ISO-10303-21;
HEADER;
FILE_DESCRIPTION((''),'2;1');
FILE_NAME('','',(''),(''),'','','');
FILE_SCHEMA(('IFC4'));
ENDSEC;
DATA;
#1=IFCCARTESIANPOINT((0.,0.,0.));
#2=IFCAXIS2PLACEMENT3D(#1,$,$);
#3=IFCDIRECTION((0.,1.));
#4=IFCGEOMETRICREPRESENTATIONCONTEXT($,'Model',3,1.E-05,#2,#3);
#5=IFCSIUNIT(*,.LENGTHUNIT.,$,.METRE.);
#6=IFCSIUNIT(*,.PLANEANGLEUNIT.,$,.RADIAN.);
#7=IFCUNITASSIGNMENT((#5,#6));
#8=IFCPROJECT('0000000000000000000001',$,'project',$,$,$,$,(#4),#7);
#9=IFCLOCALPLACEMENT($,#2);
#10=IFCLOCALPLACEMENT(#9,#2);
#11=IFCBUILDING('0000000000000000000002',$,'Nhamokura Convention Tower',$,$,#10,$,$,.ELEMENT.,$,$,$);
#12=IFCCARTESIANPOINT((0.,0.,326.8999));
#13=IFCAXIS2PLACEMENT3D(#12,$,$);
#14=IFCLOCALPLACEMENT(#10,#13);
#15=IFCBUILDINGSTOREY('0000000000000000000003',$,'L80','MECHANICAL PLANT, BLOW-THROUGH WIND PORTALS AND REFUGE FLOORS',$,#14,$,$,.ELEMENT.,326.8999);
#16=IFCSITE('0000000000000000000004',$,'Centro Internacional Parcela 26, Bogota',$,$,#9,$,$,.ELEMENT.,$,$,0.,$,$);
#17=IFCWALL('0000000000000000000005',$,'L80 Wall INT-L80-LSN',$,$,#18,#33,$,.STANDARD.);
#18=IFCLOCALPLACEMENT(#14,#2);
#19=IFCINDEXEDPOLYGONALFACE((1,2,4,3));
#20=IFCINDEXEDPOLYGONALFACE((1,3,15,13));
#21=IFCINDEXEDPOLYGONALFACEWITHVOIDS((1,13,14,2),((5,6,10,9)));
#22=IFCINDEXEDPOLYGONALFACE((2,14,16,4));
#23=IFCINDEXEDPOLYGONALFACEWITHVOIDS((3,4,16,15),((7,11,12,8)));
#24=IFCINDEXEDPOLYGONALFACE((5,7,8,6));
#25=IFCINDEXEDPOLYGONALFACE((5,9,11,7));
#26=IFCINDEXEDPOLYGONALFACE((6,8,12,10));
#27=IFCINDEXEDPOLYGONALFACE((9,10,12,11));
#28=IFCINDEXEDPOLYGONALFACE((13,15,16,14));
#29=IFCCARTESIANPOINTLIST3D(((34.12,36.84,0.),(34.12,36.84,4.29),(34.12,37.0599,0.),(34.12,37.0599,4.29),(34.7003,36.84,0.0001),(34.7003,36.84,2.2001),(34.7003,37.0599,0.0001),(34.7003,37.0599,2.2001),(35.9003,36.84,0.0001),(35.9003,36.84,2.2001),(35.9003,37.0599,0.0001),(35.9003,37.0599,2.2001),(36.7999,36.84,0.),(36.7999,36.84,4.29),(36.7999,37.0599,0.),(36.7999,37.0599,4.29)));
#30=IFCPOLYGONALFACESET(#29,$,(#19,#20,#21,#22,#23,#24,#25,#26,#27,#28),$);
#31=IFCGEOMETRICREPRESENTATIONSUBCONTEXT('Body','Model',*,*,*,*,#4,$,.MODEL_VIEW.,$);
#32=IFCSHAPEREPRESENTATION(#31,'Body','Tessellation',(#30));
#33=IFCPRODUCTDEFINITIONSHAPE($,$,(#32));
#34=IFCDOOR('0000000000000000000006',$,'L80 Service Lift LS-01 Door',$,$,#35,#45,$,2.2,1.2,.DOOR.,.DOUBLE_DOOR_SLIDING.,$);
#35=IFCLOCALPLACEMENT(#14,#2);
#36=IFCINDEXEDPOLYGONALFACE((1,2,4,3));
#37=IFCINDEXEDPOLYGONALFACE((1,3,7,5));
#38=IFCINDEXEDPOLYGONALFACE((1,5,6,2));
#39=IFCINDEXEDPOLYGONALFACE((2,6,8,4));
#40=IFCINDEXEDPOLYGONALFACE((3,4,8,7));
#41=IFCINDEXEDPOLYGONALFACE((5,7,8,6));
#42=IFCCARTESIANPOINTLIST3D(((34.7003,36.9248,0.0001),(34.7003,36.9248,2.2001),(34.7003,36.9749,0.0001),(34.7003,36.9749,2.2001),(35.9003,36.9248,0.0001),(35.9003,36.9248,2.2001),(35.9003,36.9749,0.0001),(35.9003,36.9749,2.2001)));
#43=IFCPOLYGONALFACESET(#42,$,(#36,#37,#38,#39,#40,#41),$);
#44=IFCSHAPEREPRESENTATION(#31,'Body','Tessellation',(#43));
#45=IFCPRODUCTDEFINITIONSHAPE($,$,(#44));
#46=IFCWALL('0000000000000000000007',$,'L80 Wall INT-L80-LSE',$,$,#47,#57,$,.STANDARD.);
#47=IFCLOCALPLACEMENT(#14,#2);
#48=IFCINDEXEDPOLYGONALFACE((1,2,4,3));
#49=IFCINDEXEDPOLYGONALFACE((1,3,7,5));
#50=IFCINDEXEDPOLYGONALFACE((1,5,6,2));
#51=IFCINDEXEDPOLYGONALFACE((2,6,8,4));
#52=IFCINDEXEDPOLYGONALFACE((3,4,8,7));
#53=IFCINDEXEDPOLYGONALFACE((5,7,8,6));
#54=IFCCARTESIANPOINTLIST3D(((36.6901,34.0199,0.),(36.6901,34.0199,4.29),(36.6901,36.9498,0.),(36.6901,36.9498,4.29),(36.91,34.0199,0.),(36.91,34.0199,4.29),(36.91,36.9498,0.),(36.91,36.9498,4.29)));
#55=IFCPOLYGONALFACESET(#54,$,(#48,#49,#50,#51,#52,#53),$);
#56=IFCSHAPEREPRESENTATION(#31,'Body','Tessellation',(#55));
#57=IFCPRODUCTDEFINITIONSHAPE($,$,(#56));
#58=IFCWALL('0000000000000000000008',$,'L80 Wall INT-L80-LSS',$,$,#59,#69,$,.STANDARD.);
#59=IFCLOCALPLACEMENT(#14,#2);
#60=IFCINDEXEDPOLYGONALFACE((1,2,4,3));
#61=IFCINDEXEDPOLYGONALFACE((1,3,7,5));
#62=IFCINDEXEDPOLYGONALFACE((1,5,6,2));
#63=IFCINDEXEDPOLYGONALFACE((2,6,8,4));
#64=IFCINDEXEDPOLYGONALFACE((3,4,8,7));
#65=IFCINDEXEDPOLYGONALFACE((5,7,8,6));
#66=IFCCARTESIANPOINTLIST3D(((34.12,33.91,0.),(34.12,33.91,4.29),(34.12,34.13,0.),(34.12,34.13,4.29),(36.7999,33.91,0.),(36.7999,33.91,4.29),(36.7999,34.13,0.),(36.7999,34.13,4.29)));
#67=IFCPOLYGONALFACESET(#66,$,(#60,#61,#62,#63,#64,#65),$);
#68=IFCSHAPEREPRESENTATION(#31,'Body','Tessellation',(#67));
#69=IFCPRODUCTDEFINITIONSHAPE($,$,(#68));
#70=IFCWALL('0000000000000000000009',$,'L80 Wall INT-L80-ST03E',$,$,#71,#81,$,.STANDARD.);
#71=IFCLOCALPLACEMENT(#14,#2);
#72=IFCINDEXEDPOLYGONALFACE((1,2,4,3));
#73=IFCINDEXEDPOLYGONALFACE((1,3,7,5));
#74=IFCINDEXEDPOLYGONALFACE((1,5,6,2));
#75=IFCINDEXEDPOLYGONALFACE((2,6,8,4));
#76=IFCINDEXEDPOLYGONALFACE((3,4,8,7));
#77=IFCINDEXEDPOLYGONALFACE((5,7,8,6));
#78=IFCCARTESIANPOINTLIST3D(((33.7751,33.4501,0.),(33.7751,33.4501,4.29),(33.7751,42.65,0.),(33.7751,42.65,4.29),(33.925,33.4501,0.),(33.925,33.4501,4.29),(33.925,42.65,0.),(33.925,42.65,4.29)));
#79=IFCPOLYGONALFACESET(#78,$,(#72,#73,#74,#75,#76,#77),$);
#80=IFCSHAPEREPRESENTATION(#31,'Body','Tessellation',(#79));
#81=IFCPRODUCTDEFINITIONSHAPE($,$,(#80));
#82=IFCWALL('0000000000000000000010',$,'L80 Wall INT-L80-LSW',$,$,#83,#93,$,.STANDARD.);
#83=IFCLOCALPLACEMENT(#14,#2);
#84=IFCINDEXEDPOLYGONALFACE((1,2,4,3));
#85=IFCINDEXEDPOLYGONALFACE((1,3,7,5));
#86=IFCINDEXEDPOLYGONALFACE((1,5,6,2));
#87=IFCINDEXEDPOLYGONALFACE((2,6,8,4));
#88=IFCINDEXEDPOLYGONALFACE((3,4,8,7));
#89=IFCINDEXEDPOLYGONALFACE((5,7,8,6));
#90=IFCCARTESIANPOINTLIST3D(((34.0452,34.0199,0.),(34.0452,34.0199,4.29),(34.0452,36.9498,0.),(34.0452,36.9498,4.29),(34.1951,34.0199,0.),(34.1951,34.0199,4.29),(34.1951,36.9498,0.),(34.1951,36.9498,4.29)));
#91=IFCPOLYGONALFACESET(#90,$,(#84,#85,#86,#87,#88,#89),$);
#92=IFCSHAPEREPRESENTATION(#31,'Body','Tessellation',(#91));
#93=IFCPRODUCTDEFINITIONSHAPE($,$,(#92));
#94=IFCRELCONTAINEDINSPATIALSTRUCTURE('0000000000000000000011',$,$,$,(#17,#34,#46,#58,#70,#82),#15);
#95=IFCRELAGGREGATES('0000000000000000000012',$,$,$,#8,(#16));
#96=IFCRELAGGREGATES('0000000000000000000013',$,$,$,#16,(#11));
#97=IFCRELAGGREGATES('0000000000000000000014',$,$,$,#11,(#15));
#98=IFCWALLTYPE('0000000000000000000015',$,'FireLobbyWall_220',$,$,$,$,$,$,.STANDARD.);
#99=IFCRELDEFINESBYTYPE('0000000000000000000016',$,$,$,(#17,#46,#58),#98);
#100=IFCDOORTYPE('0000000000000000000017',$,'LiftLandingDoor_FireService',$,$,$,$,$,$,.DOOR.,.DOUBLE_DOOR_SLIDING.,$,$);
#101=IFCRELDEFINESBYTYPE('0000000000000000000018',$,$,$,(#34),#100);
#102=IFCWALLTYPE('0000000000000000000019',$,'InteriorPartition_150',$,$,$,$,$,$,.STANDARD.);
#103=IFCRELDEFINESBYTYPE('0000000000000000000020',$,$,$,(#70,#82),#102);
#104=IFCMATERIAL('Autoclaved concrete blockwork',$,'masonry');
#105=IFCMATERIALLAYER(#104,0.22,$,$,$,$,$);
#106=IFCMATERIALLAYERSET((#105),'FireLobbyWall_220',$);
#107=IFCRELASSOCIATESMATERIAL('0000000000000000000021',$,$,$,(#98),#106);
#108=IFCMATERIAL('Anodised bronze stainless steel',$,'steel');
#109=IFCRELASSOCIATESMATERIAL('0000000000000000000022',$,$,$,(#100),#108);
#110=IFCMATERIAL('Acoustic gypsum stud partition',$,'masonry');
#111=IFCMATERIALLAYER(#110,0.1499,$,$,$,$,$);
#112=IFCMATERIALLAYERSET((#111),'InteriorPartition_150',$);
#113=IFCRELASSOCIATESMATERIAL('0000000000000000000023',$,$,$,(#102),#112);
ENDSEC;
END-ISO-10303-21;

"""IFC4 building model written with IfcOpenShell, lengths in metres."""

from ifc_helpers import new_model, si_unit, direction, frame, frame_2d, origin, place, context, subcontext, project, spatial, rectangle, extrude, material, layer, layer_set, type_object, element, fill, save


model = new_model("IFC4")

# Units and contexts
model_context = context("Model", 3, precision=1e-05, world=origin(), true_north=direction((0.0, 1.0)))
body_context = subcontext(model_context, "Body", "Model", "MODEL_VIEW")
ifc_project = project(units=[si_unit("LENGTHUNIT", "METRE"), si_unit("PLANEANGLEUNIT", "RADIAN")], contexts=[model_context])

# Site, building, storey
site_placement = place(None, origin())
site = spatial("IfcSite", under=ifc_project, at=site_placement, Name="Centro Internacional Parcela 26, Bogota", CompositionType="ELEMENT", RefElevation=0.0)
building_placement = place(site_placement, origin())
building = spatial("IfcBuilding", under=site, at=building_placement, Name="Nhamokura Convention Tower", CompositionType="ELEMENT")
storey_placement = place(building_placement, frame((0.0, 0.0, 326.8999)))
storey = spatial("IfcBuildingStorey", under=building, at=storey_placement, Name="L80", Description="MECHANICAL PLANT, BLOW-THROUGH WIND PORTALS AND REFUGE FLOORS", CompositionType="ELEMENT", Elevation=326.8999)

# Shared definitions
ifc_material_1 = material(Name="Autoclaved concrete blockwork", Category="masonry")
ifc_layer_1 = layer(ifc_material_1, 0.22)
ifc_layer_set_1 = layer_set([ifc_layer_1], Name="FireLobbyWall_220")
wall_type_1 = type_object("IfcWallType", Name="FireLobbyWall_220", PredefinedType="STANDARD", material=ifc_layer_set_1)
ifc_material_2 = material(Name="Anodised bronze stainless steel", Category="steel")
door_type_1 = type_object("IfcDoorType", Name="LiftLandingDoor_FireService", OperationType="DOUBLE_DOOR_SLIDING", PredefinedType="DOOR", material=ifc_material_2)

# Wall, opening, door
wall_1_placement = place(storey_placement, frame((34.1201, 36.95, 0.0), z_axis=(0.0, 0.0, 1.0), x_axis=(1.0, 0.0, 0.0)))
wall_1 = element("IfcWall", 1, at=wall_1_placement, inside=storey, type_object=wall_type_1, Name="L80 Wall INT-L80-LSN", PredefinedType="STANDARD", context=body_context, shape_type="SweptSolid", body=[
    extrude(rectangle(XDim=2.6799, YDim=0.22, at=frame_2d((1.3398, 0.0))), origin(), (0.0, 0.0, 1.0), 4.29),
])
opening_1_placement = place(wall_1_placement, frame((0.5801, 0.0, 0.0)))
opening_1 = element("IfcOpeningElement", 2, at=opening_1_placement, cuts=wall_1, PredefinedType="OPENING", context=body_context, shape_type="SweptSolid", body=[
    extrude(rectangle(XDim=1.2, YDim=2.2, at=frame_2d((0.6001, 1.1001))), frame((0.0, 0.1199, 0.0), z_axis=(0.0, -1.0, 0.0), x_axis=(1.0, 0.0, 0.0)), (0.0, 0.0, 1.0), 0.24),
])
door_1_placement = place(opening_1_placement, origin())
door_1 = element("IfcDoor", 3, at=door_1_placement, inside=storey, type_object=door_type_1, Name="L80 Service Lift LS-01 Door", OperationType="DOUBLE_DOOR_SLIDING", OverallHeight=2.2, OverallWidth=1.2, PredefinedType="DOOR", context=body_context, shape_type="SweptSolid", body=[
    extrude(rectangle(XDim=1.2, YDim=2.2, at=frame_2d((0.6001, 1.1001))), frame((0.0, 0.0249, 0.0), z_axis=(0.0, -1.0, 0.0), x_axis=(1.0, 0.0, 0.0)), (0.0, 0.0, 1.0), 0.05),
])
fill(opening_1, door_1)

# Walls
wall_2_placement = place(storey_placement, frame((36.8, 34.02, 0.0), z_axis=(0.0, 0.0, 1.0), x_axis=(0.0, 1.0, 0.0)))
element("IfcWall", 4, at=wall_2_placement, inside=storey, type_object=wall_type_1, Name="L80 Wall INT-L80-LSE", PredefinedType="STANDARD", context=body_context, shape_type="SweptSolid", body=[
    extrude(rectangle(XDim=2.9299, YDim=0.22, at=frame_2d((1.4648, 0.0))), origin(), (0.0, 0.0, 1.0), 4.29),
])
wall_3_placement = place(storey_placement, frame((34.1201, 34.02, 0.0), z_axis=(0.0, 0.0, 1.0), x_axis=(1.0, 0.0, 0.0)))
element("IfcWall", 5, at=wall_3_placement, inside=storey, type_object=wall_type_1, Name="L80 Wall INT-L80-LSS", PredefinedType="STANDARD", context=body_context, shape_type="SweptSolid", body=[
    extrude(rectangle(XDim=2.6799, YDim=0.22, at=frame_2d((1.3398, 0.0))), origin(), (0.0, 0.0, 1.0), 4.29),
])
ifc_material_3 = material(Name="Acoustic gypsum stud partition", Category="masonry")
ifc_layer_2 = layer(ifc_material_3, 0.1499)
ifc_layer_set_2 = layer_set([ifc_layer_2], Name="InteriorPartition_150")
wall_type_2 = type_object("IfcWallType", Name="InteriorPartition_150", PredefinedType="STANDARD", material=ifc_layer_set_2)
wall_4_placement = place(storey_placement, frame((33.8501, 33.45, 0.0), z_axis=(0.0, 0.0, 1.0), x_axis=(0.0, 1.0, 0.0)))
element("IfcWall", 6, at=wall_4_placement, inside=storey, type_object=wall_type_2, Name="L80 Wall INT-L80-ST03E", PredefinedType="STANDARD", context=body_context, shape_type="SweptSolid", body=[
    extrude(rectangle(XDim=9.2, YDim=0.1499, at=frame_2d((4.6001, 0.0))), origin(), (0.0, 0.0, 1.0), 4.29),
])
wall_5_placement = place(storey_placement, frame((34.1201, 34.02, 0.0), z_axis=(0.0, 0.0, 1.0), x_axis=(0.0, 1.0, 0.0)))
element("IfcWall", 7, at=wall_5_placement, inside=storey, type_object=wall_type_2, Name="L80 Wall INT-L80-LSW", PredefinedType="STANDARD", context=body_context, shape_type="SweptSolid", body=[
    extrude(rectangle(XDim=2.9299, YDim=0.1499, at=frame_2d((1.4648, 0.0))), origin(), (0.0, 0.0, 1.0), 4.29),
])

save(model, "model.ifc")
